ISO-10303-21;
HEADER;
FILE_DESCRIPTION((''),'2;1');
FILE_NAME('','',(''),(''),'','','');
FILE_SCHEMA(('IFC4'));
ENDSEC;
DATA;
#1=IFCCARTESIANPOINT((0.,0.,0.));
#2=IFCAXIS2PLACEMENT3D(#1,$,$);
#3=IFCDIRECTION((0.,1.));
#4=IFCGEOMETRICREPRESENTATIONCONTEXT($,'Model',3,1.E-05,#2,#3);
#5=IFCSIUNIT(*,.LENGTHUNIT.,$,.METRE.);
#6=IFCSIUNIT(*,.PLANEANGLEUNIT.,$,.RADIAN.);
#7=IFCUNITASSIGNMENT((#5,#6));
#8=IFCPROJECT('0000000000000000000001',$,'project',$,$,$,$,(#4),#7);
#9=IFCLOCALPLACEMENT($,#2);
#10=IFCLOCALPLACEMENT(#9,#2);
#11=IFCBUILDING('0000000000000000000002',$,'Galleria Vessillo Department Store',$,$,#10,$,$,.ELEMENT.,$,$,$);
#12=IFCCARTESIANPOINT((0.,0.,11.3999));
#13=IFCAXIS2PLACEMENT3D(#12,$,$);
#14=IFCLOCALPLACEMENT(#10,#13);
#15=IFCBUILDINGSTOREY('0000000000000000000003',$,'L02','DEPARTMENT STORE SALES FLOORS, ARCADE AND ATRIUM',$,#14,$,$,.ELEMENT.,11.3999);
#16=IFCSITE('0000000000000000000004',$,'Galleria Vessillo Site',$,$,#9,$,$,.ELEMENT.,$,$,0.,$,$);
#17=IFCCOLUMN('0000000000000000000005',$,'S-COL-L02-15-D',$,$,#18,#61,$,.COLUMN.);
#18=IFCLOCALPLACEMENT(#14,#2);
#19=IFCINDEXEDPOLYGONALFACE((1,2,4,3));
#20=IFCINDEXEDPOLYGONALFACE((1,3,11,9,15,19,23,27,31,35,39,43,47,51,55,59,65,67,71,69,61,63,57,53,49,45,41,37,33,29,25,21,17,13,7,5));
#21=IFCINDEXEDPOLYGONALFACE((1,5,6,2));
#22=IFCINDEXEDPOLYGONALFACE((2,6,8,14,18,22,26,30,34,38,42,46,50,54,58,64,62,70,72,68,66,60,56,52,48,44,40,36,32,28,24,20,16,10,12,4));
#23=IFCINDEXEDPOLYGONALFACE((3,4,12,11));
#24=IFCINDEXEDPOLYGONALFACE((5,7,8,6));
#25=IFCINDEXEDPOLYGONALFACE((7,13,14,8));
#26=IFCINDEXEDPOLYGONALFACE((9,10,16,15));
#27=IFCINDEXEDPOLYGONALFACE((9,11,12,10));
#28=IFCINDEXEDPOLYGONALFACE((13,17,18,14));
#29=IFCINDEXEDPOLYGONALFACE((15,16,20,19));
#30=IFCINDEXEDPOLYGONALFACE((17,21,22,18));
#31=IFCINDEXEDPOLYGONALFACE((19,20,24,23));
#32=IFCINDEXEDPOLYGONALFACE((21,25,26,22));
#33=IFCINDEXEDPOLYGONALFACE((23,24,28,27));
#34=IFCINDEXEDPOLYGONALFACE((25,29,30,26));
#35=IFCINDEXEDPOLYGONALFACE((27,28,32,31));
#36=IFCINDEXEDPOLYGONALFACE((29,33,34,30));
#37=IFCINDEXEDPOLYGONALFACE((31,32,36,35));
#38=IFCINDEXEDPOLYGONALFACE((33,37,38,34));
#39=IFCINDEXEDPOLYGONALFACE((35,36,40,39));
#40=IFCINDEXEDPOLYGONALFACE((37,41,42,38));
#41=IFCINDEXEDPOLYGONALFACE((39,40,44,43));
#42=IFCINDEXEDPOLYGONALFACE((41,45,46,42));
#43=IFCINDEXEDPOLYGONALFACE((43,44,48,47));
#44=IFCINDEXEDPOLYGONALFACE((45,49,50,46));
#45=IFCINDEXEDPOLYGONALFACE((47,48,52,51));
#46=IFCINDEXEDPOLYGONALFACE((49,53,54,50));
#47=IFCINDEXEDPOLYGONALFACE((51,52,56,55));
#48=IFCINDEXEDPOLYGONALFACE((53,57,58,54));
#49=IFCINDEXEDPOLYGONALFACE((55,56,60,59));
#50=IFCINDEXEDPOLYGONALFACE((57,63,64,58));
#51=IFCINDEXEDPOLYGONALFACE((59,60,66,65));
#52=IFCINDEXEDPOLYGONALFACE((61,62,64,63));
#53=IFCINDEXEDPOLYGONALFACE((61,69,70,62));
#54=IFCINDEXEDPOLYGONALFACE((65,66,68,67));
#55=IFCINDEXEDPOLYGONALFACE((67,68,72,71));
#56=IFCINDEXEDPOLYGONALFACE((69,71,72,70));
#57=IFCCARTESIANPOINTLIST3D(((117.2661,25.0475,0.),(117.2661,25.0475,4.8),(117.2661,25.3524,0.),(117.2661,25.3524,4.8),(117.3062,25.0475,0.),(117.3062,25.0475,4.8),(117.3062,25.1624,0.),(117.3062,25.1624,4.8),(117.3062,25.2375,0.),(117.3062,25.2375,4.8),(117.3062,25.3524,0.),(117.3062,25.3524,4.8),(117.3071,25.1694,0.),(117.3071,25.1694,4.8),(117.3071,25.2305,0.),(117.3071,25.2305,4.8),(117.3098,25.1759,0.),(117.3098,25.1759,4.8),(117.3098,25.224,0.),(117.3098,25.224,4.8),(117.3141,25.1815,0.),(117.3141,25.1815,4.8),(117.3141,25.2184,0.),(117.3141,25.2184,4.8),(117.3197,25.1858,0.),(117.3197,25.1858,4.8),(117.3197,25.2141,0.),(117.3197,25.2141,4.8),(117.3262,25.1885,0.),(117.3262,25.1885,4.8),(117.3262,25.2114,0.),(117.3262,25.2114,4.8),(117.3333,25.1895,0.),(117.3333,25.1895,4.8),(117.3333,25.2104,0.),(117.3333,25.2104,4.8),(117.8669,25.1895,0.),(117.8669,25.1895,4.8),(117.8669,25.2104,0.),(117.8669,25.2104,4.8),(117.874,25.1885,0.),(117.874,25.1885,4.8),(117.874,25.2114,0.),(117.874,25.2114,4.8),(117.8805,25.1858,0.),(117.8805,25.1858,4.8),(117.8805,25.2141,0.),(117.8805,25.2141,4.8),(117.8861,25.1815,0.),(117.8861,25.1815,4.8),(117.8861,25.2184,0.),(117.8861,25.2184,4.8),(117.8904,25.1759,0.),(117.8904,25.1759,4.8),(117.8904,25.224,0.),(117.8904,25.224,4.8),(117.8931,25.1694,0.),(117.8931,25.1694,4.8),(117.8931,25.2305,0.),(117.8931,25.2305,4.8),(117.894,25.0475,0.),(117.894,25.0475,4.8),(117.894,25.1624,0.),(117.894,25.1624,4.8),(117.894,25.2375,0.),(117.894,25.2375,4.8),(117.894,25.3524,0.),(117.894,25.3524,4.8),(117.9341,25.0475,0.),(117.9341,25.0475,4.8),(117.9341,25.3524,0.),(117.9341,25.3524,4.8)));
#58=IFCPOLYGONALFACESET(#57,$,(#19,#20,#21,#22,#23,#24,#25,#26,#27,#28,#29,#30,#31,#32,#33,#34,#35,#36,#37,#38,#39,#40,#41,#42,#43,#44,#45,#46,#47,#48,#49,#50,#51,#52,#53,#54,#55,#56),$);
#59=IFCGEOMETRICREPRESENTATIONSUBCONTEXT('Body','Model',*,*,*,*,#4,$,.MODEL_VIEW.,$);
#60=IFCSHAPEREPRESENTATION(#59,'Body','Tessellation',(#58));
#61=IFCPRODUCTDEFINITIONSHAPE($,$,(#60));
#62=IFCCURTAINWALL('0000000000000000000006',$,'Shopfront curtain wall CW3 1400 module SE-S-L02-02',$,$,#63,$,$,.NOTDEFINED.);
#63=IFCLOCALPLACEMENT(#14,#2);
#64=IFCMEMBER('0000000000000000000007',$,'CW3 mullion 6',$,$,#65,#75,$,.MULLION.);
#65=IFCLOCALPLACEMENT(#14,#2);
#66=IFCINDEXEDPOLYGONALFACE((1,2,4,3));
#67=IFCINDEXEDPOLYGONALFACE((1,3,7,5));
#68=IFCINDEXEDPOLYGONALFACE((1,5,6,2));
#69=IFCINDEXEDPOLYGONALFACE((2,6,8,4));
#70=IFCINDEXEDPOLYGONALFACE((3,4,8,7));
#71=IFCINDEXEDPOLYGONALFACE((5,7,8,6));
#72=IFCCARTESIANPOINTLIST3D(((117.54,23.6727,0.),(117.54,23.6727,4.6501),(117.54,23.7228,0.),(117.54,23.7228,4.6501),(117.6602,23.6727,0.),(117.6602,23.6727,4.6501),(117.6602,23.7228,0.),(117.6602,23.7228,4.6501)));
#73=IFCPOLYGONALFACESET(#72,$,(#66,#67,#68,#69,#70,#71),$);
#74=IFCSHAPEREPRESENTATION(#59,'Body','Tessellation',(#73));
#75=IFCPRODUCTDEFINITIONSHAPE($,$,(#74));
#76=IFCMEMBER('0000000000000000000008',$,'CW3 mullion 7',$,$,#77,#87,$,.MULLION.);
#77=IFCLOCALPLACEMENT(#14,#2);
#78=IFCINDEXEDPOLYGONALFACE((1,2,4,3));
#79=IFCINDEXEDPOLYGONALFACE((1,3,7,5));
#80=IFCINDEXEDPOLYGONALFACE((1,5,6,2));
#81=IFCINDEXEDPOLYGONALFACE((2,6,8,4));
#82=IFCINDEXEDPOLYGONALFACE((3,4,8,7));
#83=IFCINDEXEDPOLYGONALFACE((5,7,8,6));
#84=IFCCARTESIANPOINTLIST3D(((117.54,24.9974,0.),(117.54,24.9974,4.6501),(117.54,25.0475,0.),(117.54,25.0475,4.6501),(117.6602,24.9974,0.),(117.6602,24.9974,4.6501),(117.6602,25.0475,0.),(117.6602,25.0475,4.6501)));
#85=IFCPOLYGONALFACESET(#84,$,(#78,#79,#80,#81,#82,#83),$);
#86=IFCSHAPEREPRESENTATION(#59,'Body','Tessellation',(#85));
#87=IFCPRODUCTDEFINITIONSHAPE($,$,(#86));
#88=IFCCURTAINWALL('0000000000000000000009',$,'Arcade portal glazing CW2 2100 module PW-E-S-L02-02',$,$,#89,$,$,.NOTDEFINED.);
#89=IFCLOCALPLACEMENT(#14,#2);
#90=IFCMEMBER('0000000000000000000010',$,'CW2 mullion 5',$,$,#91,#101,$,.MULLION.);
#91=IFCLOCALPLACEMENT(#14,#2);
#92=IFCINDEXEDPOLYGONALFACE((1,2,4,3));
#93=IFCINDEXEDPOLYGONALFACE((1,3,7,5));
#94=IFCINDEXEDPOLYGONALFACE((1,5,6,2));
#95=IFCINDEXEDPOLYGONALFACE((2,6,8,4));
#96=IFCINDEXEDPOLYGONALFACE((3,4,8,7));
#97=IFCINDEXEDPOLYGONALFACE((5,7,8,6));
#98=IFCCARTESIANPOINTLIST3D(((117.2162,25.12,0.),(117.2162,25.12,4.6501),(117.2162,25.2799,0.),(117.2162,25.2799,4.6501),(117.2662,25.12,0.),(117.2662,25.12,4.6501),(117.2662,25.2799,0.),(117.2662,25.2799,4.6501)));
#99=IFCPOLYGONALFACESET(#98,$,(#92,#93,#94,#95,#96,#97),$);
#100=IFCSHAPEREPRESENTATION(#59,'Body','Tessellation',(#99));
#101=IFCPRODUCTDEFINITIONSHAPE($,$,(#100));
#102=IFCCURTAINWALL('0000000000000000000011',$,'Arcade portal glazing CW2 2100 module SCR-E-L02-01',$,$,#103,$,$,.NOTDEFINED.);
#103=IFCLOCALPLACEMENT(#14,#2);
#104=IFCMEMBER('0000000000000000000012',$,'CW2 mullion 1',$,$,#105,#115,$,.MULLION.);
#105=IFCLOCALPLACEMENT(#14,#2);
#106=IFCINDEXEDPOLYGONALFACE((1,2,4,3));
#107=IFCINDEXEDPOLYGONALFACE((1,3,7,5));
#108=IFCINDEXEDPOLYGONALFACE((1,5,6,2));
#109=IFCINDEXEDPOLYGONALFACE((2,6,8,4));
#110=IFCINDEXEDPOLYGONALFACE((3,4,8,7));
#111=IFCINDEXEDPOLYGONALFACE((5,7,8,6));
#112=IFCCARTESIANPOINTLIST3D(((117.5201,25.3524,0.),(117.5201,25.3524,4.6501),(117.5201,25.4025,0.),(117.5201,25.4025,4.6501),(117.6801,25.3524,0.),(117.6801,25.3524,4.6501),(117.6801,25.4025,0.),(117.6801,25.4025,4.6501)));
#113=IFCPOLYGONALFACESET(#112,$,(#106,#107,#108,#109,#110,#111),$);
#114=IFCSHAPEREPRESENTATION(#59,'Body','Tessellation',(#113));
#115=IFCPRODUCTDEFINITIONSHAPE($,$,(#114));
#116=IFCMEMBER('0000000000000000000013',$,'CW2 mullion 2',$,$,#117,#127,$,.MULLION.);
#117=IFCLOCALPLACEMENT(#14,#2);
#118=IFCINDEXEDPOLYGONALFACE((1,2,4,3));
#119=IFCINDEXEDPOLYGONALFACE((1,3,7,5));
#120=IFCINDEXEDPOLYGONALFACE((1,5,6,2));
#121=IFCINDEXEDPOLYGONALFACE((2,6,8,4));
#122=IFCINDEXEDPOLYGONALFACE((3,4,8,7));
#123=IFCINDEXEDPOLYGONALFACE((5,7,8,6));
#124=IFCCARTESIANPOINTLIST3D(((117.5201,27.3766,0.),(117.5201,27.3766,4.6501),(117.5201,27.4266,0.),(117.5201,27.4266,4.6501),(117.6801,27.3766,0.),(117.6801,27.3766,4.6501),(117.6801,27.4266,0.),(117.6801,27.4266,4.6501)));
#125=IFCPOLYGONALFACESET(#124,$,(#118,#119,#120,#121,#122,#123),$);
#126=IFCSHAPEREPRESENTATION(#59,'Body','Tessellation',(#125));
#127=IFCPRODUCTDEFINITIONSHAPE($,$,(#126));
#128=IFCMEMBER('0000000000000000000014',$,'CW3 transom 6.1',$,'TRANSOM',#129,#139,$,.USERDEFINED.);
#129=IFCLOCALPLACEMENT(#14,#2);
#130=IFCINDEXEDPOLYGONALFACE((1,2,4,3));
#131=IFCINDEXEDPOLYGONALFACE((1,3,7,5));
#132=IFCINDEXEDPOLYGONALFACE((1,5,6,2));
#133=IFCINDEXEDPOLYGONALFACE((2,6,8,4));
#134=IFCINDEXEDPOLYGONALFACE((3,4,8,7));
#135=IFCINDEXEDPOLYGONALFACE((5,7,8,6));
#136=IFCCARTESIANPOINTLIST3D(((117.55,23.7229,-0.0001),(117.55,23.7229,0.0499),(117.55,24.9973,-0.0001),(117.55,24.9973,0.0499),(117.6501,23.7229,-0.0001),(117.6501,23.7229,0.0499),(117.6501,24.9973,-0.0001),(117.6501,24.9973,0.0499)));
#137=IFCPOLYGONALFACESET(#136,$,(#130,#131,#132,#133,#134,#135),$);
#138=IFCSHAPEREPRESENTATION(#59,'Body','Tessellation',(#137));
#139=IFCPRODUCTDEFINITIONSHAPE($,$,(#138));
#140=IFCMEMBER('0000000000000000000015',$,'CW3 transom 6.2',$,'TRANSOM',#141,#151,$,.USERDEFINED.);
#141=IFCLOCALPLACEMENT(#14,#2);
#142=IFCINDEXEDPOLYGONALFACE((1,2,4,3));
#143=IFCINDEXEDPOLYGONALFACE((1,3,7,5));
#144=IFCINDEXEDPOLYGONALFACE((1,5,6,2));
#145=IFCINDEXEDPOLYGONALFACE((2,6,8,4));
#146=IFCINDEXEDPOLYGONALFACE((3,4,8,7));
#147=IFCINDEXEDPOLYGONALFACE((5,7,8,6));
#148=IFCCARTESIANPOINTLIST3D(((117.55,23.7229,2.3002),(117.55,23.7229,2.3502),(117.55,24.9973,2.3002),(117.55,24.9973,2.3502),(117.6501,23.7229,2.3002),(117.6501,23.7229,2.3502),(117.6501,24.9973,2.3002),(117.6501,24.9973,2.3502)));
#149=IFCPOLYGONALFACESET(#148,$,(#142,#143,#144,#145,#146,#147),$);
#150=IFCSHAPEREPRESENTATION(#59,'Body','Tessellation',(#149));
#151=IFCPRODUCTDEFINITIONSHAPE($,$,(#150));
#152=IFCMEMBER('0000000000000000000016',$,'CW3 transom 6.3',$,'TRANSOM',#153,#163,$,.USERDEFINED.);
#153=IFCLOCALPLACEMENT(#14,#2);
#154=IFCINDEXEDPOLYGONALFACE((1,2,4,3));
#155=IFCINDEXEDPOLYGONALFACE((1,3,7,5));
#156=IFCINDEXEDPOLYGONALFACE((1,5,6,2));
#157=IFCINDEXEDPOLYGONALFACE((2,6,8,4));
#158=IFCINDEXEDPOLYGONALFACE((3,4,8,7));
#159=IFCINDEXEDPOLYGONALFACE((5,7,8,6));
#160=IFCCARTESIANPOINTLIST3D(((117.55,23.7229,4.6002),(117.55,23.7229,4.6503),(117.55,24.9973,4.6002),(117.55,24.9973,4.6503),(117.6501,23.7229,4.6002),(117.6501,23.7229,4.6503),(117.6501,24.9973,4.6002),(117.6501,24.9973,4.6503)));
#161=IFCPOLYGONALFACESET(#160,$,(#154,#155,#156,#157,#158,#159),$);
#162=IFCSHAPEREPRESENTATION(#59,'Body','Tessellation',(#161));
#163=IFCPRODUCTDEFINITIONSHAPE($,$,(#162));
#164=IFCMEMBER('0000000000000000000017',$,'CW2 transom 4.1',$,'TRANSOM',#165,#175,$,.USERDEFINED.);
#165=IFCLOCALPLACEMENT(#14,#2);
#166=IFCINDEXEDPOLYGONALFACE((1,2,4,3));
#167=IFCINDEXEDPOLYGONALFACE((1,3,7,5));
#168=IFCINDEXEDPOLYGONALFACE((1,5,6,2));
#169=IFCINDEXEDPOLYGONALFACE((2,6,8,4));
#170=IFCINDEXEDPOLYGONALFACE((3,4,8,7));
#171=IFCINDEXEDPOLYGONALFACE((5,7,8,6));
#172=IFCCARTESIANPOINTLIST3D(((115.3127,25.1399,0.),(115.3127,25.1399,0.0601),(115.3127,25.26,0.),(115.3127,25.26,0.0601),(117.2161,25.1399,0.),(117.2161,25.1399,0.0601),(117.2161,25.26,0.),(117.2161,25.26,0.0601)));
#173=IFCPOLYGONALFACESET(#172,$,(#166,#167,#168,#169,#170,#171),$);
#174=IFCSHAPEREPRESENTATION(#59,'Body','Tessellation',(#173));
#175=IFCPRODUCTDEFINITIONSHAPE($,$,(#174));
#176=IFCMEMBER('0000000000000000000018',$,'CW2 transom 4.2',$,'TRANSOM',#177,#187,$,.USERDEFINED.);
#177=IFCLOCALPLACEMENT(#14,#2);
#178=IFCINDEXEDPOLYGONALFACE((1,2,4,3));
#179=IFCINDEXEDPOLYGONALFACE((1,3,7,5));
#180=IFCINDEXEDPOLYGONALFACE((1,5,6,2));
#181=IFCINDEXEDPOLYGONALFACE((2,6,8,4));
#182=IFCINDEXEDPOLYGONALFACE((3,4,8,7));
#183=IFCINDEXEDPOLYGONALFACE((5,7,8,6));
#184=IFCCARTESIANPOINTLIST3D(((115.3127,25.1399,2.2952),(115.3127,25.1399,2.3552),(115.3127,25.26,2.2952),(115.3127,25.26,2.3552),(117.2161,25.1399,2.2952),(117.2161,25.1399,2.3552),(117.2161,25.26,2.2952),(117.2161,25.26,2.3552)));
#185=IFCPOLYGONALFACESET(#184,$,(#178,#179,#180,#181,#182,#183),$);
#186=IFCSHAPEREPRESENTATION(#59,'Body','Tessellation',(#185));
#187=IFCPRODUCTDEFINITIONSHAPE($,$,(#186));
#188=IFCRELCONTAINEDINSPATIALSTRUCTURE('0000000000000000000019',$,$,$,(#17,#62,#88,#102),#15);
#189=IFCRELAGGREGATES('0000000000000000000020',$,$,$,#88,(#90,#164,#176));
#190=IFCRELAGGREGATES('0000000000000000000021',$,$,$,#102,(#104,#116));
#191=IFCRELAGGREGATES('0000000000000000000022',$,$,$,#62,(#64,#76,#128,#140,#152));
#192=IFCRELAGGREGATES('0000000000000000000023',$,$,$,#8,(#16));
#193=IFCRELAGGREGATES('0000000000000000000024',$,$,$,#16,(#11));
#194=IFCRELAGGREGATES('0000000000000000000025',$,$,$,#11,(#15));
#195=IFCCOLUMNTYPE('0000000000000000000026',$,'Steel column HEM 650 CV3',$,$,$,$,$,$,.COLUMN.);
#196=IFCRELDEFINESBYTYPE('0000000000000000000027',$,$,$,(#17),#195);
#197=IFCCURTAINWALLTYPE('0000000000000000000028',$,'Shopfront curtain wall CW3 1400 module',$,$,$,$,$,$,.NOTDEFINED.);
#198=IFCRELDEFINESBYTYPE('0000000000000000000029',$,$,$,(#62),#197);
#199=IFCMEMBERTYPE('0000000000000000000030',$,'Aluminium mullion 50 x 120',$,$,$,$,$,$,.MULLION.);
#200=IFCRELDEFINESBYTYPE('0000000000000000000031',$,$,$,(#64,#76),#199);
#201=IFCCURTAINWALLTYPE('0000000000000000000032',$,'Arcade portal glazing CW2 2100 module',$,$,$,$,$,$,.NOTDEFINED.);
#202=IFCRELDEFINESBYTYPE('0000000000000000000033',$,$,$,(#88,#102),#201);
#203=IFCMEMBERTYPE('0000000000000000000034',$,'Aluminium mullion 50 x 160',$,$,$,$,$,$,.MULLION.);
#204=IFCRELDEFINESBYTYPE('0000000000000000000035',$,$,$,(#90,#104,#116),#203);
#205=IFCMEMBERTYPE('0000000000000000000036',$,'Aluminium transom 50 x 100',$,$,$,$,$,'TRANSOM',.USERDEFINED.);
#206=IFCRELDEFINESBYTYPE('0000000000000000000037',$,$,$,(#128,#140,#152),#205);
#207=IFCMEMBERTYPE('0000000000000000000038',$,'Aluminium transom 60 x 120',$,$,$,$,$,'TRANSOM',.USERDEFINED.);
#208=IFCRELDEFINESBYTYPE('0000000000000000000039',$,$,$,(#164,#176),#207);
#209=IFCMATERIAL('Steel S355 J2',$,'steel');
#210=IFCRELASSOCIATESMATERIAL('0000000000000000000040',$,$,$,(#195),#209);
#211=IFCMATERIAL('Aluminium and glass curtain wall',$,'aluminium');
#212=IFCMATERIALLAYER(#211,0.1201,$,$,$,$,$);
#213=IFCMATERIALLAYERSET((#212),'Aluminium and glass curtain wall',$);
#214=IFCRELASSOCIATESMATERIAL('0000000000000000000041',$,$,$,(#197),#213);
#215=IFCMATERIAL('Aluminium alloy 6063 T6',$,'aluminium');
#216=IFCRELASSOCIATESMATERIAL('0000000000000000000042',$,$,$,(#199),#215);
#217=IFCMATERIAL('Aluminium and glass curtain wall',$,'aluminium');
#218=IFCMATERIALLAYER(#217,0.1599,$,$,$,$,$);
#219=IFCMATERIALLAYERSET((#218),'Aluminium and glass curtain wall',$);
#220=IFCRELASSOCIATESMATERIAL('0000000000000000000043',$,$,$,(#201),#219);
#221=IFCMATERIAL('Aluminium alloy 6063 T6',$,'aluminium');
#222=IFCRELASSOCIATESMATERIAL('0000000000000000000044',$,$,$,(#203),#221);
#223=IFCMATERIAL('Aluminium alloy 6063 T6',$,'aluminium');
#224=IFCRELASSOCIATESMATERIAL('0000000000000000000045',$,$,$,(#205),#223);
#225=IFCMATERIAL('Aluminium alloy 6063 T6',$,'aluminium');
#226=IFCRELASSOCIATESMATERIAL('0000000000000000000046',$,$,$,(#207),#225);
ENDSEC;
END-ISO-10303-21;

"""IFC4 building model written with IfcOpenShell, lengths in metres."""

from ifc_helpers import new_model, si_unit, direction, frame, origin, origin_2d, place, context, subcontext, project, spatial, rectangle, i_section, extrude, material, layer, layer_set, material_profile, profile_set, type_object, element, aggregate, save


model = new_model("IFC4")

# Units and contexts
model_context = context("Model", 3, precision=1e-05, world=origin(), true_north=direction((0.0, 1.0)))
body_context = subcontext(model_context, "Body", "Model", "MODEL_VIEW")
ifc_project = project(units=[si_unit("LENGTHUNIT", "METRE"), si_unit("PLANEANGLEUNIT", "RADIAN")], contexts=[model_context])

# Site, building, storey
site_placement = place(None, origin())
site = spatial("IfcSite", under=ifc_project, at=site_placement, Name="Galleria Vessillo Site", CompositionType="ELEMENT", RefElevation=0.0)
building_placement = place(site_placement, origin())
building = spatial("IfcBuilding", under=site, at=building_placement, Name="Galleria Vessillo Department Store", CompositionType="ELEMENT")
storey_placement = place(building_placement, frame((0.0, 0.0, 11.3999)))
storey = spatial("IfcBuildingStorey", under=building, at=storey_placement, Name="L02", Description="DEPARTMENT STORE SALES FLOORS, ARCADE AND ATRIUM", CompositionType="ELEMENT", Elevation=11.3999)

# Column
ifc_material_1 = material(Name="Steel S355 J2", Category="steel")
ifc_material_profile_1 = material_profile(ifc_material_1, i_section(OverallWidth=0.3049, OverallDepth=0.668, WebThickness=0.021, FlangeThickness=0.04, FilletRadius=0.0271, at=origin_2d()), Name="HEM 650")
ifc_profile_set_1 = profile_set([ifc_material_profile_1], Name="Steel S355 J2")
column_type = type_object("IfcColumnType", Name="Steel column HEM 650 CV3", PredefinedType="COLUMN", material=ifc_profile_set_1)
column_placement = place(storey_placement, frame((117.6001, 25.2, 0.0), z_axis=(0.0, 0.0, 1.0), x_axis=(0.0, 1.0, 0.0)))
element("IfcColumn", 1, at=column_placement, inside=storey, type_object=column_type, Name="S-COL-L02-15-D", PredefinedType="COLUMN", context=body_context, shape_type="SweptSolid", body=[
    extrude(i_section(OverallWidth=0.3049, OverallDepth=0.668, WebThickness=0.021, FlangeThickness=0.04, FilletRadius=0.0271, at=origin_2d()), origin(), (0.0, 0.0, 1.0), 4.8),
])

# Curtain wall, members
ifc_material_2 = material(Name="Aluminium and glass curtain wall", Category="aluminium")
ifc_layer_1 = layer(ifc_material_2, 0.1201)
ifc_layer_set_1 = layer_set([ifc_layer_1], Name="Aluminium and glass curtain wall")
curtain_wall_type_1 = type_object("IfcCurtainWallType", Name="Shopfront curtain wall CW3 1400 module", PredefinedType="NOTDEFINED", material=ifc_layer_set_1)
curtain_wall_1_placement = place(storey_placement, origin())
curtain_wall_1 = element("IfcCurtainWall", 2, at=curtain_wall_1_placement, inside=storey, type_object=curtain_wall_type_1, Name="Shopfront curtain wall CW3 1400 module SE-S-L02-02", PredefinedType="NOTDEFINED")
ifc_material_3 = material(Name="Aluminium alloy 6063 T6", Category="aluminium")
ifc_material_profile_2 = material_profile(ifc_material_3, rectangle(XDim=0.1201, YDim=0.05, at=origin_2d()), Name="AL 50x120")
ifc_profile_set_2 = profile_set([ifc_material_profile_2], Name="Aluminium alloy 6063 T6")
member_type_1 = type_object("IfcMemberType", Name="Aluminium mullion 50 x 120", PredefinedType="MULLION", material=ifc_profile_set_2)
member_1_placement = place(storey_placement, frame((117.6001, 23.6978, 0.0), z_axis=(0.0, 0.0, 1.0), x_axis=(-1.0, 0.0, 0.0)))
member_1 = element("IfcMember", 3, at=member_1_placement, type_object=member_type_1, Name="CW3 mullion 6", PredefinedType="MULLION", context=body_context, shape_type="SweptSolid", body=[
    extrude(rectangle(XDim=0.1201, YDim=0.05, at=origin_2d()), origin(), (0.0, 0.0, 1.0), 4.6501),
])
member_2_placement = place(storey_placement, frame((117.6001, 25.0225, 0.0), z_axis=(0.0, 0.0, 1.0), x_axis=(-1.0, 0.0, 0.0)))
member_2 = element("IfcMember", 4, at=member_2_placement, type_object=member_type_1, Name="CW3 mullion 7", PredefinedType="MULLION", context=body_context, shape_type="SweptSolid", body=[
    extrude(rectangle(XDim=0.1201, YDim=0.05, at=origin_2d()), origin(), (0.0, 0.0, 1.0), 4.6501),
])

# Curtain wall, member
ifc_material_4 = material(Name="Aluminium and glass curtain wall", Category="aluminium")
ifc_layer_2 = layer(ifc_material_4, 0.1599)
ifc_layer_set_2 = layer_set([ifc_layer_2], Name="Aluminium and glass curtain wall")
curtain_wall_type_2 = type_object("IfcCurtainWallType", Name="Arcade portal glazing CW2 2100 module", PredefinedType="NOTDEFINED", material=ifc_layer_set_2)
curtain_wall_2_placement = place(storey_placement, origin())
curtain_wall_2 = element("IfcCurtainWall", 5, at=curtain_wall_2_placement, inside=storey, type_object=curtain_wall_type_2, Name="Arcade portal glazing CW2 2100 module PW-E-S-L02-02", PredefinedType="NOTDEFINED")
ifc_material_5 = material(Name="Aluminium alloy 6063 T6", Category="aluminium")
ifc_material_profile_3 = material_profile(ifc_material_5, rectangle(XDim=0.1599, YDim=0.05, at=origin_2d()), Name="AL 50x160")
ifc_profile_set_3 = profile_set([ifc_material_profile_3], Name="Aluminium alloy 6063 T6")
member_type_2 = type_object("IfcMemberType", Name="Aluminium mullion 50 x 160", PredefinedType="MULLION", material=ifc_profile_set_3)
member_3_placement = place(storey_placement, frame((117.2412, 25.2, 0.0), z_axis=(0.0, 0.0, 1.0), x_axis=(0.0, 1.0, 0.0)))
member_3 = element("IfcMember", 6, at=member_3_placement, type_object=member_type_2, Name="CW2 mullion 5", PredefinedType="MULLION", context=body_context, shape_type="SweptSolid", body=[
    extrude(rectangle(XDim=0.1599, YDim=0.05, at=origin_2d()), origin(), (0.0, 0.0, 1.0), 4.6501),
])

# Curtain wall, members
curtain_wall_3_placement = place(storey_placement, origin())
curtain_wall_3 = element("IfcCurtainWall", 7, at=curtain_wall_3_placement, inside=storey, type_object=curtain_wall_type_2, Name="Arcade portal glazing CW2 2100 module SCR-E-L02-01", PredefinedType="NOTDEFINED")
member_4_placement = place(storey_placement, frame((117.6001, 25.3774, 0.0), z_axis=(0.0, 0.0, 1.0), x_axis=(-1.0, 0.0, 0.0)))
member_4 = element("IfcMember", 8, at=member_4_placement, type_object=member_type_2, Name="CW2 mullion 1", PredefinedType="MULLION", context=body_context, shape_type="SweptSolid", body=[
    extrude(rectangle(XDim=0.1599, YDim=0.05, at=origin_2d()), origin(), (0.0, 0.0, 1.0), 4.6501),
])
member_5_placement = place(storey_placement, frame((117.6001, 27.4016, 0.0), z_axis=(0.0, 0.0, 1.0), x_axis=(-1.0, 0.0, 0.0)))
member_5 = element("IfcMember", 9, at=member_5_placement, type_object=member_type_2, Name="CW2 mullion 2", PredefinedType="MULLION", context=body_context, shape_type="SweptSolid", body=[
    extrude(rectangle(XDim=0.1599, YDim=0.05, at=origin_2d()), origin(), (0.0, 0.0, 1.0), 4.6501),
])

# Members
ifc_material_6 = material(Name="Aluminium alloy 6063 T6", Category="aluminium")
ifc_material_profile_4 = material_profile(ifc_material_6, rectangle(XDim=0.1001, YDim=0.05, at=origin_2d()), Name="AL 50x100")
ifc_profile_set_4 = profile_set([ifc_material_profile_4], Name="Aluminium alloy 6063 T6")
member_type_3 = type_object("IfcMemberType", Name="Aluminium transom 50 x 100", ElementType="TRANSOM", PredefinedType="USERDEFINED", material=ifc_profile_set_4)
member_6_placement = place(storey_placement, frame((117.6001, 23.7229, 0.0249), z_axis=(0.0, 1.0, 0.0), x_axis=(-1.0, 0.0, 0.0)))
member_6 = element("IfcMember", 10, at=member_6_placement, type_object=member_type_3, Name="CW3 transom 6.1", ObjectType="TRANSOM", PredefinedType="USERDEFINED", context=body_context, shape_type="SweptSolid", body=[
    extrude(rectangle(XDim=0.1001, YDim=0.05, at=origin_2d()), origin(), (0.0, 0.0, 1.0), 1.2744),
])
member_7_placement = place(storey_placement, frame((117.6001, 23.7229, 2.3252), z_axis=(0.0, 1.0, 0.0), x_axis=(-1.0, 0.0, 0.0)))
member_7 = element("IfcMember", 11, at=member_7_placement, type_object=member_type_3, Name="CW3 transom 6.2", ObjectType="TRANSOM", PredefinedType="USERDEFINED", context=body_context, shape_type="SweptSolid", body=[
    extrude(rectangle(XDim=0.1001, YDim=0.05, at=origin_2d()), origin(), (0.0, 0.0, 1.0), 1.2744),
])
member_8_placement = place(storey_placement, frame((117.6001, 23.7229, 4.6252), z_axis=(0.0, 1.0, 0.0), x_axis=(-1.0, 0.0, 0.0)))
member_8 = element("IfcMember", 12, at=member_8_placement, type_object=member_type_3, Name="CW3 transom 6.3", ObjectType="TRANSOM", PredefinedType="USERDEFINED", context=body_context, shape_type="SweptSolid", body=[
    extrude(rectangle(XDim=0.1001, YDim=0.05, at=origin_2d()), origin(), (0.0, 0.0, 1.0), 1.2744),
])
ifc_material_7 = material(Name="Aluminium alloy 6063 T6", Category="aluminium")
ifc_material_profile_5 = material_profile(ifc_material_7, rectangle(XDim=0.1201, YDim=0.0601, at=origin_2d()), Name="AL 60x120")
ifc_profile_set_5 = profile_set([ifc_material_profile_5], Name="Aluminium alloy 6063 T6")
member_type_4 = type_object("IfcMemberType", Name="Aluminium transom 60 x 120", ElementType="TRANSOM", PredefinedType="USERDEFINED", material=ifc_profile_set_5)
member_9_placement = place(storey_placement, frame((115.3127, 25.2, 0.03), z_axis=(1.0, 0.0, 0.0), x_axis=(0.0, 1.0, 0.0)))
member_9 = element("IfcMember", 13, at=member_9_placement, type_object=member_type_4, Name="CW2 transom 4.1", ObjectType="TRANSOM", PredefinedType="USERDEFINED", context=body_context, shape_type="SweptSolid", body=[
    extrude(rectangle(XDim=0.1201, YDim=0.0601, at=origin_2d()), origin(), (0.0, 0.0, 1.0), 1.9033),
])
member_10_placement = place(storey_placement, frame((115.3127, 25.2, 2.3252), z_axis=(1.0, 0.0, 0.0), x_axis=(0.0, 1.0, 0.0)))
member_10 = element("IfcMember", 14, at=member_10_placement, type_object=member_type_4, Name="CW2 transom 4.2", ObjectType="TRANSOM", PredefinedType="USERDEFINED", context=body_context, shape_type="SweptSolid", body=[
    extrude(rectangle(XDim=0.1201, YDim=0.0601, at=origin_2d()), origin(), (0.0, 0.0, 1.0), 1.9033),
])

aggregate(curtain_wall_2, [member_3, member_9, member_10])
aggregate(curtain_wall_3, [member_4, member_5])
aggregate(curtain_wall_1, [member_1, member_2, member_6, member_7, member_8])

save(model, "model.ifc")
